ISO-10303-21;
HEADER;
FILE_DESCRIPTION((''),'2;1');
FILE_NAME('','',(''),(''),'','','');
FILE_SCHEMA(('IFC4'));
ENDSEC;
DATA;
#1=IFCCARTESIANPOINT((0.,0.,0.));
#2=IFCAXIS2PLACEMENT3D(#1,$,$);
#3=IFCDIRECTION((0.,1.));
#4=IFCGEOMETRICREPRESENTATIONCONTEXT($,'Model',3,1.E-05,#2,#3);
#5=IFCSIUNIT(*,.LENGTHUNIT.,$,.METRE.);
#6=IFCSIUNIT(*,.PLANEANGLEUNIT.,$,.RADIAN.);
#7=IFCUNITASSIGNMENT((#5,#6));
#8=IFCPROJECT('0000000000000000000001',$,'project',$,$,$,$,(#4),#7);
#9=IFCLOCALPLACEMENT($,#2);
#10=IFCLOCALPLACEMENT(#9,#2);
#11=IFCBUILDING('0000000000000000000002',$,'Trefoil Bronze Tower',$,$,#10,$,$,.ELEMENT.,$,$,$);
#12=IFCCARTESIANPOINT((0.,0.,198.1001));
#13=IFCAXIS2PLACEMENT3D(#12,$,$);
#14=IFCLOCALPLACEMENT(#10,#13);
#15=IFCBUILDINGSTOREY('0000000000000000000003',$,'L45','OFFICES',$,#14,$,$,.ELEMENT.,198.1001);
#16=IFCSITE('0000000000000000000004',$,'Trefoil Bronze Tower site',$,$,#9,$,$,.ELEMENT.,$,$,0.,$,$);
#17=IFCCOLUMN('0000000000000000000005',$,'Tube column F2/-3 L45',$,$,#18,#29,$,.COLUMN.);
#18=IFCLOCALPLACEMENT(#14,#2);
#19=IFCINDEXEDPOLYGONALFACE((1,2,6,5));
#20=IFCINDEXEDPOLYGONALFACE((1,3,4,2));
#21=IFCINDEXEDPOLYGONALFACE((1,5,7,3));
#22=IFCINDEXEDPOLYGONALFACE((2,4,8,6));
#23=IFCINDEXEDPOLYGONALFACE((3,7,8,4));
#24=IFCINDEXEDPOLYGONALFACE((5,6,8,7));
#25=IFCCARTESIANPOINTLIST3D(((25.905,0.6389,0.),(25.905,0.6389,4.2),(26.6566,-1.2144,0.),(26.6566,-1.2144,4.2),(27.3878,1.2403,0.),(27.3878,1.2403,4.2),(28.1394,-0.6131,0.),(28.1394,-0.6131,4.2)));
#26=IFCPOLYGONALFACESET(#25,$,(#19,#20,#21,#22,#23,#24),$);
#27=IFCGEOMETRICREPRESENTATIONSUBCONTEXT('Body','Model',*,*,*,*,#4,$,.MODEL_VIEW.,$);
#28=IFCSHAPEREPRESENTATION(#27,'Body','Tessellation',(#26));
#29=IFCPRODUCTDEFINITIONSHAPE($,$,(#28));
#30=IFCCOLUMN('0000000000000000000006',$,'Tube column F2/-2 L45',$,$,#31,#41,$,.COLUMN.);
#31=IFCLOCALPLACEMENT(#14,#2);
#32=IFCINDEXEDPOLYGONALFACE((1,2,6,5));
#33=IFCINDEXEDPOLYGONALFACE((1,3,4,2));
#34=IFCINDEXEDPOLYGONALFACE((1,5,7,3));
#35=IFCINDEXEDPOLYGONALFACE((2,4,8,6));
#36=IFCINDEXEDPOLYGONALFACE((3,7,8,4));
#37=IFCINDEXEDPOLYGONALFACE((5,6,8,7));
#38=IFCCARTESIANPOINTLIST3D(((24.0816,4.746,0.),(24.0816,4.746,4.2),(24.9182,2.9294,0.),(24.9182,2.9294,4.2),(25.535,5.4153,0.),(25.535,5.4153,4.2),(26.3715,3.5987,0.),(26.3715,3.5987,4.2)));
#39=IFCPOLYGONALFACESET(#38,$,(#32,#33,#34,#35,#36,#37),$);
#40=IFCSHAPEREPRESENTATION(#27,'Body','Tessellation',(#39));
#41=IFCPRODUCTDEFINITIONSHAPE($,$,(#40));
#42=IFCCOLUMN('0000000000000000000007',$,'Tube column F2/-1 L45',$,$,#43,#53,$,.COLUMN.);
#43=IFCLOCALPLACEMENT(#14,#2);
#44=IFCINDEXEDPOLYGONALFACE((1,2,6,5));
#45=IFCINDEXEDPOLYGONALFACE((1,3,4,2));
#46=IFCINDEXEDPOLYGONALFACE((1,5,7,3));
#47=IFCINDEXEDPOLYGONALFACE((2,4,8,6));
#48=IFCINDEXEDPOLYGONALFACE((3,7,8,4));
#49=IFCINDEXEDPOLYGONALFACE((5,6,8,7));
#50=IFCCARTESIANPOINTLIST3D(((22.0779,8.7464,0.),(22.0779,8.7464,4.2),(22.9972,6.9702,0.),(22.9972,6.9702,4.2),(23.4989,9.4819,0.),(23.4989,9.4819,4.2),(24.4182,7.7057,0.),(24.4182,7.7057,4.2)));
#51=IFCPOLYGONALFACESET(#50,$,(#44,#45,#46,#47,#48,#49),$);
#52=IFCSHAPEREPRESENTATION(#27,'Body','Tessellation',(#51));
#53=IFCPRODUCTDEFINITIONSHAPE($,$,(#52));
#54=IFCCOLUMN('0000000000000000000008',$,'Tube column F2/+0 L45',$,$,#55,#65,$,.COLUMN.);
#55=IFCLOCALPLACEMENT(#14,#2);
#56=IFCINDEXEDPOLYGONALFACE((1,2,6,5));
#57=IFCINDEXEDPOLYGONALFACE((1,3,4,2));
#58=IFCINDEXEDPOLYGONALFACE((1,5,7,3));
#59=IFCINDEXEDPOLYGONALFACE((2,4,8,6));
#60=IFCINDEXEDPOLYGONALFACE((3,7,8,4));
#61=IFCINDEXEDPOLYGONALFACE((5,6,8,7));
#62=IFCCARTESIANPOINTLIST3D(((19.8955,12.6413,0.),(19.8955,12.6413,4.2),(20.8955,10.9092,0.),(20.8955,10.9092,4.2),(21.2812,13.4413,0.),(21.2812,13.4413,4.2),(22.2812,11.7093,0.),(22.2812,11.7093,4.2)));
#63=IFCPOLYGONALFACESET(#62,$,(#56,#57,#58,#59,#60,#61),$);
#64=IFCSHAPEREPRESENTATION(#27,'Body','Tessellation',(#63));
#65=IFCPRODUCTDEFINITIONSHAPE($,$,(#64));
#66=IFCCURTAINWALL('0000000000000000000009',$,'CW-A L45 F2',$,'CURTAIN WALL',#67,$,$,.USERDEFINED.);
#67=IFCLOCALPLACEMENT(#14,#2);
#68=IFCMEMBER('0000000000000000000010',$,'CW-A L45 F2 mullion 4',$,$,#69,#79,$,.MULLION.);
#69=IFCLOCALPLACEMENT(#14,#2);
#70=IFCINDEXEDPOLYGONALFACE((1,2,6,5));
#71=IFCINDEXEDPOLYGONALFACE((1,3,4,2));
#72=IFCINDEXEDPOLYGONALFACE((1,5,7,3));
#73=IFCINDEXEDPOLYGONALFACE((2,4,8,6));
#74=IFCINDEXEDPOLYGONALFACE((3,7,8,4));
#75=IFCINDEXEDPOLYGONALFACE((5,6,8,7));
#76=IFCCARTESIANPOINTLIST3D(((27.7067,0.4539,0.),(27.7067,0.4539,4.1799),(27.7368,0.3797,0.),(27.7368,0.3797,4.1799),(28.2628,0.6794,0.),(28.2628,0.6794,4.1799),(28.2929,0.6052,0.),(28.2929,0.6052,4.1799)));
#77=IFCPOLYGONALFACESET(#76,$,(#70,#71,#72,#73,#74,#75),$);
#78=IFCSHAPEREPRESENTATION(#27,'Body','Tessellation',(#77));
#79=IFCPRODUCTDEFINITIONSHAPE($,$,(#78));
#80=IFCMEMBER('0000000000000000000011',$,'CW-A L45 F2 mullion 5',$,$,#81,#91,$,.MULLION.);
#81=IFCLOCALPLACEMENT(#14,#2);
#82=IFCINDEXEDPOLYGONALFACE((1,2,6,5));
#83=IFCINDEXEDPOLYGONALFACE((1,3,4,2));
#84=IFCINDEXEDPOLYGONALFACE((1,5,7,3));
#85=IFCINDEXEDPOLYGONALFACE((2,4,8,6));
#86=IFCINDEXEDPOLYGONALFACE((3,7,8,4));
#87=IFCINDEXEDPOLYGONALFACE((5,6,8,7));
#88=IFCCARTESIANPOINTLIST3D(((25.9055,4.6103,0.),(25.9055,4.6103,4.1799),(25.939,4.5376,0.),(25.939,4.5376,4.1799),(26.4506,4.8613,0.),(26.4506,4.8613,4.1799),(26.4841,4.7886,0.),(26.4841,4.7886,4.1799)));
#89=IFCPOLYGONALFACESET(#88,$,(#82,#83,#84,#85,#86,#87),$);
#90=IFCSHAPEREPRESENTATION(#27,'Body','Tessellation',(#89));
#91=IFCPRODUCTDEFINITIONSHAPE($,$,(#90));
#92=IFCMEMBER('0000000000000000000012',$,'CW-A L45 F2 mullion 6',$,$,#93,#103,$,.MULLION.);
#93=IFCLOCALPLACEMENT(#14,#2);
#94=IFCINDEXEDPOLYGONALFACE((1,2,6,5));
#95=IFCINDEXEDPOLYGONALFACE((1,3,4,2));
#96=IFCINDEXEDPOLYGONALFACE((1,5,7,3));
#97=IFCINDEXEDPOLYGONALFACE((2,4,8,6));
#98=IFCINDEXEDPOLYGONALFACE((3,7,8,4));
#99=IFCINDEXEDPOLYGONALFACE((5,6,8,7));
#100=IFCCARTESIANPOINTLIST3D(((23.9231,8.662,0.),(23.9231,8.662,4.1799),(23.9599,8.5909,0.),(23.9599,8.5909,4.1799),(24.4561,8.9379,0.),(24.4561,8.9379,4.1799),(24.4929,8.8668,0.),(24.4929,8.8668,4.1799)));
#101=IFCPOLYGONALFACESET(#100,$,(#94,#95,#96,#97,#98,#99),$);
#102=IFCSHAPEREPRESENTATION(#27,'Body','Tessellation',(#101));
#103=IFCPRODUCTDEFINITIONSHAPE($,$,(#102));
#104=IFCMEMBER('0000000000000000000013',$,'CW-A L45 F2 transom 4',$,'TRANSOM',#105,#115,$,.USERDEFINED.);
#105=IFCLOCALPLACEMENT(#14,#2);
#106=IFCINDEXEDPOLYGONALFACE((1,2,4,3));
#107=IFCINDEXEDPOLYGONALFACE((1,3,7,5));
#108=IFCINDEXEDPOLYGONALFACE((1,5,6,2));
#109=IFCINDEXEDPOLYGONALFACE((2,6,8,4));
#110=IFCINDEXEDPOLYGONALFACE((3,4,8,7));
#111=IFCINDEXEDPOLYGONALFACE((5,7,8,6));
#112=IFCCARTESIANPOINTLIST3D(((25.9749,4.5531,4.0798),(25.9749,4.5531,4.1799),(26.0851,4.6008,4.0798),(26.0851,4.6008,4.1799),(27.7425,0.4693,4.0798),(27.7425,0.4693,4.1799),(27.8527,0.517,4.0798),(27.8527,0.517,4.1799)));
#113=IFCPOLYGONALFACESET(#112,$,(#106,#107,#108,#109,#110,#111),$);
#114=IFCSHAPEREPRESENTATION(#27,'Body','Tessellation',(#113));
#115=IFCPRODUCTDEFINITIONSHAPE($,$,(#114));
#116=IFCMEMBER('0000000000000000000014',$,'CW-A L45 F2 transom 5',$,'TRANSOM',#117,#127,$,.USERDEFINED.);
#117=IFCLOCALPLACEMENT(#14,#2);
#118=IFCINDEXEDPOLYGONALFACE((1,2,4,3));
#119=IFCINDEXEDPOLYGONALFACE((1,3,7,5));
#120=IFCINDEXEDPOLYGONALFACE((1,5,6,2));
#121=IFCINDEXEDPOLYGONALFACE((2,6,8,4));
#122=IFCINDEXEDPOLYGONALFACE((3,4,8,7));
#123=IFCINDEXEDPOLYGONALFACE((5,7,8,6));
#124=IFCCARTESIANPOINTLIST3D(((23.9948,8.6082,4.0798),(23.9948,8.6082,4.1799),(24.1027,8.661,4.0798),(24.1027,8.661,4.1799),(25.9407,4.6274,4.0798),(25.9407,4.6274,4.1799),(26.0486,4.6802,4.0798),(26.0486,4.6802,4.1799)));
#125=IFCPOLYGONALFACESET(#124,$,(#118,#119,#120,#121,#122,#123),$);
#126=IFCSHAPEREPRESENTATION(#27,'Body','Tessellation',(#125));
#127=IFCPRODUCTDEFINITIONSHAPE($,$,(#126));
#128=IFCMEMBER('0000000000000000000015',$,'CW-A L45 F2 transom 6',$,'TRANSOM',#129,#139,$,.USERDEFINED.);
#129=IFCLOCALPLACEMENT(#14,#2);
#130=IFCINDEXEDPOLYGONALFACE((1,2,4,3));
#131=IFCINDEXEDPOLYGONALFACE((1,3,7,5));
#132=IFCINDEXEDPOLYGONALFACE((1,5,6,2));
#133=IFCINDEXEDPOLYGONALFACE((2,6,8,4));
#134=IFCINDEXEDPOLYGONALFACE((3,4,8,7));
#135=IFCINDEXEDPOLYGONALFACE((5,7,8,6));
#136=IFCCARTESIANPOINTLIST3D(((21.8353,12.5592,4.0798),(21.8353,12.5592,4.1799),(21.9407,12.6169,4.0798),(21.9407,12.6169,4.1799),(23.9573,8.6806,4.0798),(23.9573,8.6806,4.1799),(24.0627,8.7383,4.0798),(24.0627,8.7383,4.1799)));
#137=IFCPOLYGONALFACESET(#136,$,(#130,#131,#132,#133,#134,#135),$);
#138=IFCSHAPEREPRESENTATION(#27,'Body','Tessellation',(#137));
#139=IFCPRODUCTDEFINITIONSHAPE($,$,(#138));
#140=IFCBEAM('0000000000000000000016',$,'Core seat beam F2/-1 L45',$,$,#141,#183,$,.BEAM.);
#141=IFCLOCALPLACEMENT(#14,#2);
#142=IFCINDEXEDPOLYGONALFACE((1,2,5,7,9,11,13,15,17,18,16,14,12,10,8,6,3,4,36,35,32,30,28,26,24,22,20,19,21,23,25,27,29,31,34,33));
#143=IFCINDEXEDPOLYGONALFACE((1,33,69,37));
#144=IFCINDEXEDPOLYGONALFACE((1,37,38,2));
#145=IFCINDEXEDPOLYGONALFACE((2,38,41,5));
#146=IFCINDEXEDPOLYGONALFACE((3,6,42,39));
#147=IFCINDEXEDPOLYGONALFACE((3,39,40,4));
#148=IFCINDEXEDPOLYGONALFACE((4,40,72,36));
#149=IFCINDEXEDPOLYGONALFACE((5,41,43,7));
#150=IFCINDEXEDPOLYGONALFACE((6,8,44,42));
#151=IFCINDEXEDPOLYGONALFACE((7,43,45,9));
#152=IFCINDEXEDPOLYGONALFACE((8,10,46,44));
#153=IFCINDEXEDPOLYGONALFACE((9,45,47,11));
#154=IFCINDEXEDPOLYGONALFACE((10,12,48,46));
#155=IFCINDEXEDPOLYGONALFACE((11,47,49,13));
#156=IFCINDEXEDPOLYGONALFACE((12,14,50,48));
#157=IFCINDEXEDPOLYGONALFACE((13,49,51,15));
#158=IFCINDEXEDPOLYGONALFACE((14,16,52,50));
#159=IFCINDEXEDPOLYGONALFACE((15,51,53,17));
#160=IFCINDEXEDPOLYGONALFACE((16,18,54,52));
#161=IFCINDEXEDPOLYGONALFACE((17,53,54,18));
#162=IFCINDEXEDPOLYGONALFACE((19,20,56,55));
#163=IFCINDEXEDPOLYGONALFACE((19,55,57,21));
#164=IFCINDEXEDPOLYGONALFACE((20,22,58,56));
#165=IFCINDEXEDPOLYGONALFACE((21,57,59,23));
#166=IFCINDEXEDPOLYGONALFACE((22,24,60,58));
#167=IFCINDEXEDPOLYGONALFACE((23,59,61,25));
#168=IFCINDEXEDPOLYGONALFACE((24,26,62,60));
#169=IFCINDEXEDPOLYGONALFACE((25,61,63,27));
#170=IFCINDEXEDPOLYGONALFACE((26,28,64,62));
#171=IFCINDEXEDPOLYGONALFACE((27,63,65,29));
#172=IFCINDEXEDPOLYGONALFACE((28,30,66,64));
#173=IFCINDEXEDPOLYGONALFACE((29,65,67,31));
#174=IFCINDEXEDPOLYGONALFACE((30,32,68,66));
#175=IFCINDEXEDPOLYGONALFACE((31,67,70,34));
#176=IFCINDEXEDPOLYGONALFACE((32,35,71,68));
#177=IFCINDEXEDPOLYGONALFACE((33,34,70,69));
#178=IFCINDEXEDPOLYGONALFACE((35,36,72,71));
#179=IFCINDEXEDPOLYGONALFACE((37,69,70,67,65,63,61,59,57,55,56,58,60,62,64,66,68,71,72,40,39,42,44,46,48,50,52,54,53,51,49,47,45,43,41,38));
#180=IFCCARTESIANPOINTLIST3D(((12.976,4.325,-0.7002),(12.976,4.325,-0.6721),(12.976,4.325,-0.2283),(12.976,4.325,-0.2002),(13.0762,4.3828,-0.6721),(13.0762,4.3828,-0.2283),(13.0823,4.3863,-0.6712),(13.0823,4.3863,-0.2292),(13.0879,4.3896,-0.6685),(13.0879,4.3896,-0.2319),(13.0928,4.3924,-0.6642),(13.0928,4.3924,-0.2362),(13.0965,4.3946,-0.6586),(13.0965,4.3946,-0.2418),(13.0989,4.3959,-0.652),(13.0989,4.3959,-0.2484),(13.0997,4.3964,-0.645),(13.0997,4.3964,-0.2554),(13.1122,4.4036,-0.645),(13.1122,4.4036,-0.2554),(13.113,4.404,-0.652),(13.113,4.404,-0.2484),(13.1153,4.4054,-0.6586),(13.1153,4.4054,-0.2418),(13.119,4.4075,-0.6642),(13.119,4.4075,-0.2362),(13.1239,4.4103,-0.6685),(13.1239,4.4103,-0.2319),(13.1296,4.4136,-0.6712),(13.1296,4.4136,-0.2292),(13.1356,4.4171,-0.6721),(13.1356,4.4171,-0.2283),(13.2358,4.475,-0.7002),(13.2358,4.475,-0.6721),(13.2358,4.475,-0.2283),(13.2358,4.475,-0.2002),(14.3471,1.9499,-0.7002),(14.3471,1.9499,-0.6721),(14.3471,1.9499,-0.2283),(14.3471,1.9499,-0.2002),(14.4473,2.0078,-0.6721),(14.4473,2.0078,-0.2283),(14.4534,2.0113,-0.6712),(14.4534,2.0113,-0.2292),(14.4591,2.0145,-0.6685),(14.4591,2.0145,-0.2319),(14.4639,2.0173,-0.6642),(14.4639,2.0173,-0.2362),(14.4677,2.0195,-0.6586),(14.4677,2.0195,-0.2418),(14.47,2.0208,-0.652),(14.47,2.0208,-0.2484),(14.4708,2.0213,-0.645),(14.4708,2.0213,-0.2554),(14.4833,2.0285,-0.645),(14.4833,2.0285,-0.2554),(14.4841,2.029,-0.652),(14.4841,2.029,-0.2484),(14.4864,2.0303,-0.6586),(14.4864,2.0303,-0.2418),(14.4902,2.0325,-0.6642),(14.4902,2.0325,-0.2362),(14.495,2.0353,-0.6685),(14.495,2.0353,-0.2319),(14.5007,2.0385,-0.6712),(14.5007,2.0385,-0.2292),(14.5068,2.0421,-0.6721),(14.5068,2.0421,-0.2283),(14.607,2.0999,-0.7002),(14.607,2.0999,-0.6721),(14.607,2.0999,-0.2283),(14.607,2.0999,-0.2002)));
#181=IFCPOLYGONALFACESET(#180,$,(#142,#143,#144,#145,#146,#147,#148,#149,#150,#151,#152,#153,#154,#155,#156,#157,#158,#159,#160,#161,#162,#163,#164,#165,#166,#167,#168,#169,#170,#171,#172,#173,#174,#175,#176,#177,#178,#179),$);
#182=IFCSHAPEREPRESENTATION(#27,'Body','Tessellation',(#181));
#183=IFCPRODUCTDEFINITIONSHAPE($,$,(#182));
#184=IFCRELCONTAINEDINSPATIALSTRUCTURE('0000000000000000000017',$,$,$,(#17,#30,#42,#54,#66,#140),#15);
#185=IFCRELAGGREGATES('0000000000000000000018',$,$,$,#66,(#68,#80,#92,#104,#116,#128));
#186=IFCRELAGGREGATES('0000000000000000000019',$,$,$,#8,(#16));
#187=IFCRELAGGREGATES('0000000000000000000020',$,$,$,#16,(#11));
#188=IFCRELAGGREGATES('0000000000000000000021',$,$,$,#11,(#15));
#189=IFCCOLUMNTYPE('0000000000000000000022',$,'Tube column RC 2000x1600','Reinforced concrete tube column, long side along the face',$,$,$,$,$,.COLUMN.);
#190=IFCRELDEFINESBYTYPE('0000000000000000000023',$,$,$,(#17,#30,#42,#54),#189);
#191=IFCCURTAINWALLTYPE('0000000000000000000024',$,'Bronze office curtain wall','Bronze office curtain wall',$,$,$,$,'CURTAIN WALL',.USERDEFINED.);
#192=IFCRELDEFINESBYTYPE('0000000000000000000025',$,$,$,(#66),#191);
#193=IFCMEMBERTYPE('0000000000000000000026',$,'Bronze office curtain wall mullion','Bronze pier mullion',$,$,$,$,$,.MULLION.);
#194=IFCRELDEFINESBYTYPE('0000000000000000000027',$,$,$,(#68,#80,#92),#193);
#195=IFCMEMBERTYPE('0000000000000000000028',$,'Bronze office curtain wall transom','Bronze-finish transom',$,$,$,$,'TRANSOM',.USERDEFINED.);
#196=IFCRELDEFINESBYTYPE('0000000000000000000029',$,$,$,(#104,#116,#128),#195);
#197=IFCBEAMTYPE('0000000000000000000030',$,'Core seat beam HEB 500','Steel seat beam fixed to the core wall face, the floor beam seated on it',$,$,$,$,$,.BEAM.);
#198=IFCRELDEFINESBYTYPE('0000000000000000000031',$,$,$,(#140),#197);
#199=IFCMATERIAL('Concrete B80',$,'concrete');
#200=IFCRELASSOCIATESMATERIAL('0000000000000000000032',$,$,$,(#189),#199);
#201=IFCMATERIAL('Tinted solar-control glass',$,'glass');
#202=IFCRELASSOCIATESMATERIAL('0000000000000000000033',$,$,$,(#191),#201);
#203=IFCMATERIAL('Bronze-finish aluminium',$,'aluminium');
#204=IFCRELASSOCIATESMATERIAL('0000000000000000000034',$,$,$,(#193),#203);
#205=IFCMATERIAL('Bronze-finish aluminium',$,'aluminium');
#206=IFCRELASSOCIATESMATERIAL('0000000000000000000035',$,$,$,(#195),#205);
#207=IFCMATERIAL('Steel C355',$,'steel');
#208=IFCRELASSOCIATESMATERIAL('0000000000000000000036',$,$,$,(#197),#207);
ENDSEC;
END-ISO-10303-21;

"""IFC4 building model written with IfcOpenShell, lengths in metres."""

from ifc_helpers import new_model, si_unit, direction, frame, origin, origin_2d, place, context, subcontext, project, spatial, rectangle, i_section, extrude, material, material_profile, profile_set, type_object, element, aggregate, save


model = new_model("IFC4")

# Units and contexts
model_context = context("Model", 3, precision=1e-05, world=origin(), true_north=direction((0.0, 1.0)))
body_context = subcontext(model_context, "Body", "Model", "MODEL_VIEW")
ifc_project = project(units=[si_unit("LENGTHUNIT", "METRE"), si_unit("PLANEANGLEUNIT", "RADIAN")], contexts=[model_context])

# Site, building, storey
site_placement = place(None, origin())
site = spatial("IfcSite", under=ifc_project, at=site_placement, Name="Trefoil Bronze Tower site", CompositionType="ELEMENT", RefElevation=0.0)
building_placement = place(site_placement, origin())
building = spatial("IfcBuilding", under=site, at=building_placement, Name="Trefoil Bronze Tower", CompositionType="ELEMENT")
storey_placement = place(building_placement, frame((0.0, 0.0, 198.1001)))
storey = spatial("IfcBuildingStorey", under=building, at=storey_placement, Name="L45", Description="OFFICES", CompositionType="ELEMENT", Elevation=198.1001)

# Columns
ifc_material_1 = material(Name="Concrete B80", Category="concrete")
ifc_material_profile_1 = material_profile(ifc_material_1, rectangle(XDim=2.0, YDim=1.6001, at=origin_2d()), Name="RC 2000x1600")
ifc_profile_set_1 = profile_set([ifc_material_profile_1], Name="Concrete B80")
column_type = type_object("IfcColumnType", Name="Tube column RC 2000x1600", Description="Reinforced concrete tube column, long side along the face", PredefinedType="COLUMN", material=ifc_profile_set_1)
for number, where, z_axis, x_axis, name in (
    (1, (27.0222, 0.0129, 0.0), (0.0, 0.0, 1.0), (-0.375828, 0.926689, 0.0), "Tube column F2/-3 L45"),
    (2, (25.2266, 4.1724, 0.0), (0.0, 0.0, 1.0), (-0.418286, 0.908315, 0.0), "Tube column F2/-2 L45"),
    (3, (23.248, 8.2261, 0.0), (0.0, 0.0, 1.0), (-0.459673, 0.888088, 0.0), "Tube column F2/-1 L45"),
    (4, (21.0884, 12.1753, 0.0), (0.0, 0.0, 1.0), (-0.5, 0.866025, 0.0), "Tube column F2/+0 L45"),
):
    element("IfcColumn", number, at=place(storey_placement, frame(where, z_axis=z_axis, x_axis=x_axis)), inside=storey, type_object=column_type, Name=name, PredefinedType="COLUMN", context=body_context, shape_type="SweptSolid", body=[
        extrude(rectangle(XDim=2.0, YDim=1.6001, at=origin_2d()), origin(), (0.0, 0.0, 1.0), 4.2),
    ])

# Curtain wall, members
ifc_material_2 = material(Name="Tinted solar-control glass", Category="glass")
curtain_wall_type = type_object("IfcCurtainWallType", Name="Bronze office curtain wall", Description="Bronze office curtain wall", ElementType="CURTAIN WALL", PredefinedType="USERDEFINED", material=ifc_material_2)
curtain_wall_placement = place(storey_placement, origin())
curtain_wall = element("IfcCurtainWall", 5, at=curtain_wall_placement, inside=storey, type_object=curtain_wall_type, Name="CW-A L45 F2", ObjectType="CURTAIN WALL", PredefinedType="USERDEFINED")
ifc_material_3 = material(Name="Bronze-finish aluminium", Category="aluminium")
ifc_material_profile_2 = material_profile(ifc_material_3, rectangle(XDim=0.6001, YDim=0.0801, at=origin_2d()), Name="CW-A mullion")
ifc_profile_set_2 = profile_set([ifc_material_profile_2], Name="Bronze-finish aluminium")
member_type_1 = type_object("IfcMemberType", Name="Bronze office curtain wall mullion", Description="Bronze pier mullion", PredefinedType="MULLION", material=ifc_profile_set_2)
member_1_placement = place(storey_placement, frame((27.9998, 0.5295, 0.0), z_axis=(0.0, 0.0, 1.0), x_axis=(-0.926689, -0.375828, 0.0)))
member_1 = element("IfcMember", 6, at=member_1_placement, type_object=member_type_1, Name="CW-A L45 F2 mullion 4", PredefinedType="MULLION", context=body_context, shape_type="SweptSolid", body=[
    extrude(rectangle(XDim=0.6001, YDim=0.0801, at=origin_2d()), origin(), (0.0, 0.0, 1.0), 4.1799),
])
member_2_placement = place(storey_placement, frame((26.1948, 4.6995, 0.0), z_axis=(0.0, 0.0, 1.0), x_axis=(-0.908315, -0.418286, 0.0)))
member_2 = element("IfcMember", 7, at=member_2_placement, type_object=member_type_1, Name="CW-A L45 F2 mullion 5", PredefinedType="MULLION", context=body_context, shape_type="SweptSolid", body=[
    extrude(rectangle(XDim=0.6001, YDim=0.0801, at=origin_2d()), origin(), (0.0, 0.0, 1.0), 4.1799),
])
member_3_placement = place(storey_placement, frame((24.208, 8.7644, 0.0), z_axis=(0.0, 0.0, 1.0), x_axis=(-0.888088, -0.459673, 0.0)))
member_3 = element("IfcMember", 8, at=member_3_placement, type_object=member_type_1, Name="CW-A L45 F2 mullion 6", PredefinedType="MULLION", context=body_context, shape_type="SweptSolid", body=[
    extrude(rectangle(XDim=0.6001, YDim=0.0801, at=origin_2d()), origin(), (0.0, 0.0, 1.0), 4.1799),
])
ifc_material_4 = material(Name="Bronze-finish aluminium", Category="aluminium")
ifc_material_profile_3 = material_profile(ifc_material_4, rectangle(XDim=0.1201, YDim=0.1001, at=origin_2d()), Name="CW-A transom")
ifc_profile_set_3 = profile_set([ifc_material_profile_3], Name="Bronze-finish aluminium")
member_type_2 = type_object("IfcMemberType", Name="Bronze office curtain wall transom", Description="Bronze-finish transom", ElementType="TRANSOM", PredefinedType="USERDEFINED", material=ifc_profile_set_3)
member_4_placement = place(storey_placement, frame((27.7976, 0.4932, 4.1299), z_axis=(-0.397221, 0.917723, 0.0), x_axis=(-0.917723, -0.397221, 0.0)))
member_4 = element("IfcMember", 9, at=member_4_placement, type_object=member_type_2, Name="CW-A L45 F2 transom 4", ObjectType="TRANSOM", PredefinedType="USERDEFINED", context=body_context, shape_type="SweptSolid", body=[
    extrude(rectangle(XDim=0.1201, YDim=0.1001, at=origin_2d()), origin(), (0.0, 0.0, 1.0), 4.45),
])
member_5_placement = place(storey_placement, frame((25.9946, 4.6538, 4.1299), z_axis=(-0.439151, 0.898413, 0.0), x_axis=(-0.898413, -0.439151, 0.0)))
member_5 = element("IfcMember", 10, at=member_5_placement, type_object=member_type_2, Name="CW-A L45 F2 transom 5", ObjectType="TRANSOM", PredefinedType="USERDEFINED", context=body_context, shape_type="SweptSolid", body=[
    extrude(rectangle(XDim=0.1201, YDim=0.1001, at=origin_2d()), origin(), (0.0, 0.0, 1.0), 4.4309),
])
member_6_placement = place(storey_placement, frame((24.01, 8.7095, 4.1299), z_axis=(-0.479974, 0.877283, 0.0), x_axis=(-0.877283, -0.479974, 0.0)))
member_6 = element("IfcMember", 11, at=member_6_placement, type_object=member_type_2, Name="CW-A L45 F2 transom 6", ObjectType="TRANSOM", PredefinedType="USERDEFINED", context=body_context, shape_type="SweptSolid", body=[
    extrude(rectangle(XDim=0.1201, YDim=0.1001, at=origin_2d()), origin(), (0.0, 0.0, 1.0), 4.4211),
])

# Beam
ifc_material_5 = material(Name="Steel C355", Category="steel")
ifc_material_profile_4 = material_profile(ifc_material_5, i_section(OverallWidth=0.3, OverallDepth=0.5, WebThickness=0.0144, FlangeThickness=0.0281, FilletRadius=0.0271, at=origin_2d()), Name="HEB 500")
ifc_profile_set_4 = profile_set([ifc_material_profile_4], Name="Steel C355")
beam_type_1 = type_object("IfcBeamType", Name="Core seat beam HEB 500", Description="Steel seat beam fixed to the core wall face, the floor beam seated on it", PredefinedType="BEAM", material=ifc_profile_set_4)
for number, where, z_axis, x_axis, name in (
    (12, (14.4771, 2.0249, -0.4502), (-0.499969, 0.866043, 0.0), (-0.866043, -0.499969, 0.0), "Core seat beam F2/-1 L45"),
):
    element("IfcBeam", number, at=place(storey_placement, frame(where, z_axis=z_axis, x_axis=x_axis)), inside=storey, type_object=beam_type_1, Name=name, PredefinedType="BEAM", context=body_context, shape_type="SweptSolid", body=[
        extrude(i_section(OverallWidth=0.3, OverallDepth=0.5, WebThickness=0.0144, FlangeThickness=0.0281, FilletRadius=0.0271, at=origin_2d()), origin(), (0.0, 0.0, 1.0), 2.7424),
    ])

aggregate(curtain_wall, [member_1, member_2, member_3, member_4, member_5, member_6])

save(model, "model.ifc")
